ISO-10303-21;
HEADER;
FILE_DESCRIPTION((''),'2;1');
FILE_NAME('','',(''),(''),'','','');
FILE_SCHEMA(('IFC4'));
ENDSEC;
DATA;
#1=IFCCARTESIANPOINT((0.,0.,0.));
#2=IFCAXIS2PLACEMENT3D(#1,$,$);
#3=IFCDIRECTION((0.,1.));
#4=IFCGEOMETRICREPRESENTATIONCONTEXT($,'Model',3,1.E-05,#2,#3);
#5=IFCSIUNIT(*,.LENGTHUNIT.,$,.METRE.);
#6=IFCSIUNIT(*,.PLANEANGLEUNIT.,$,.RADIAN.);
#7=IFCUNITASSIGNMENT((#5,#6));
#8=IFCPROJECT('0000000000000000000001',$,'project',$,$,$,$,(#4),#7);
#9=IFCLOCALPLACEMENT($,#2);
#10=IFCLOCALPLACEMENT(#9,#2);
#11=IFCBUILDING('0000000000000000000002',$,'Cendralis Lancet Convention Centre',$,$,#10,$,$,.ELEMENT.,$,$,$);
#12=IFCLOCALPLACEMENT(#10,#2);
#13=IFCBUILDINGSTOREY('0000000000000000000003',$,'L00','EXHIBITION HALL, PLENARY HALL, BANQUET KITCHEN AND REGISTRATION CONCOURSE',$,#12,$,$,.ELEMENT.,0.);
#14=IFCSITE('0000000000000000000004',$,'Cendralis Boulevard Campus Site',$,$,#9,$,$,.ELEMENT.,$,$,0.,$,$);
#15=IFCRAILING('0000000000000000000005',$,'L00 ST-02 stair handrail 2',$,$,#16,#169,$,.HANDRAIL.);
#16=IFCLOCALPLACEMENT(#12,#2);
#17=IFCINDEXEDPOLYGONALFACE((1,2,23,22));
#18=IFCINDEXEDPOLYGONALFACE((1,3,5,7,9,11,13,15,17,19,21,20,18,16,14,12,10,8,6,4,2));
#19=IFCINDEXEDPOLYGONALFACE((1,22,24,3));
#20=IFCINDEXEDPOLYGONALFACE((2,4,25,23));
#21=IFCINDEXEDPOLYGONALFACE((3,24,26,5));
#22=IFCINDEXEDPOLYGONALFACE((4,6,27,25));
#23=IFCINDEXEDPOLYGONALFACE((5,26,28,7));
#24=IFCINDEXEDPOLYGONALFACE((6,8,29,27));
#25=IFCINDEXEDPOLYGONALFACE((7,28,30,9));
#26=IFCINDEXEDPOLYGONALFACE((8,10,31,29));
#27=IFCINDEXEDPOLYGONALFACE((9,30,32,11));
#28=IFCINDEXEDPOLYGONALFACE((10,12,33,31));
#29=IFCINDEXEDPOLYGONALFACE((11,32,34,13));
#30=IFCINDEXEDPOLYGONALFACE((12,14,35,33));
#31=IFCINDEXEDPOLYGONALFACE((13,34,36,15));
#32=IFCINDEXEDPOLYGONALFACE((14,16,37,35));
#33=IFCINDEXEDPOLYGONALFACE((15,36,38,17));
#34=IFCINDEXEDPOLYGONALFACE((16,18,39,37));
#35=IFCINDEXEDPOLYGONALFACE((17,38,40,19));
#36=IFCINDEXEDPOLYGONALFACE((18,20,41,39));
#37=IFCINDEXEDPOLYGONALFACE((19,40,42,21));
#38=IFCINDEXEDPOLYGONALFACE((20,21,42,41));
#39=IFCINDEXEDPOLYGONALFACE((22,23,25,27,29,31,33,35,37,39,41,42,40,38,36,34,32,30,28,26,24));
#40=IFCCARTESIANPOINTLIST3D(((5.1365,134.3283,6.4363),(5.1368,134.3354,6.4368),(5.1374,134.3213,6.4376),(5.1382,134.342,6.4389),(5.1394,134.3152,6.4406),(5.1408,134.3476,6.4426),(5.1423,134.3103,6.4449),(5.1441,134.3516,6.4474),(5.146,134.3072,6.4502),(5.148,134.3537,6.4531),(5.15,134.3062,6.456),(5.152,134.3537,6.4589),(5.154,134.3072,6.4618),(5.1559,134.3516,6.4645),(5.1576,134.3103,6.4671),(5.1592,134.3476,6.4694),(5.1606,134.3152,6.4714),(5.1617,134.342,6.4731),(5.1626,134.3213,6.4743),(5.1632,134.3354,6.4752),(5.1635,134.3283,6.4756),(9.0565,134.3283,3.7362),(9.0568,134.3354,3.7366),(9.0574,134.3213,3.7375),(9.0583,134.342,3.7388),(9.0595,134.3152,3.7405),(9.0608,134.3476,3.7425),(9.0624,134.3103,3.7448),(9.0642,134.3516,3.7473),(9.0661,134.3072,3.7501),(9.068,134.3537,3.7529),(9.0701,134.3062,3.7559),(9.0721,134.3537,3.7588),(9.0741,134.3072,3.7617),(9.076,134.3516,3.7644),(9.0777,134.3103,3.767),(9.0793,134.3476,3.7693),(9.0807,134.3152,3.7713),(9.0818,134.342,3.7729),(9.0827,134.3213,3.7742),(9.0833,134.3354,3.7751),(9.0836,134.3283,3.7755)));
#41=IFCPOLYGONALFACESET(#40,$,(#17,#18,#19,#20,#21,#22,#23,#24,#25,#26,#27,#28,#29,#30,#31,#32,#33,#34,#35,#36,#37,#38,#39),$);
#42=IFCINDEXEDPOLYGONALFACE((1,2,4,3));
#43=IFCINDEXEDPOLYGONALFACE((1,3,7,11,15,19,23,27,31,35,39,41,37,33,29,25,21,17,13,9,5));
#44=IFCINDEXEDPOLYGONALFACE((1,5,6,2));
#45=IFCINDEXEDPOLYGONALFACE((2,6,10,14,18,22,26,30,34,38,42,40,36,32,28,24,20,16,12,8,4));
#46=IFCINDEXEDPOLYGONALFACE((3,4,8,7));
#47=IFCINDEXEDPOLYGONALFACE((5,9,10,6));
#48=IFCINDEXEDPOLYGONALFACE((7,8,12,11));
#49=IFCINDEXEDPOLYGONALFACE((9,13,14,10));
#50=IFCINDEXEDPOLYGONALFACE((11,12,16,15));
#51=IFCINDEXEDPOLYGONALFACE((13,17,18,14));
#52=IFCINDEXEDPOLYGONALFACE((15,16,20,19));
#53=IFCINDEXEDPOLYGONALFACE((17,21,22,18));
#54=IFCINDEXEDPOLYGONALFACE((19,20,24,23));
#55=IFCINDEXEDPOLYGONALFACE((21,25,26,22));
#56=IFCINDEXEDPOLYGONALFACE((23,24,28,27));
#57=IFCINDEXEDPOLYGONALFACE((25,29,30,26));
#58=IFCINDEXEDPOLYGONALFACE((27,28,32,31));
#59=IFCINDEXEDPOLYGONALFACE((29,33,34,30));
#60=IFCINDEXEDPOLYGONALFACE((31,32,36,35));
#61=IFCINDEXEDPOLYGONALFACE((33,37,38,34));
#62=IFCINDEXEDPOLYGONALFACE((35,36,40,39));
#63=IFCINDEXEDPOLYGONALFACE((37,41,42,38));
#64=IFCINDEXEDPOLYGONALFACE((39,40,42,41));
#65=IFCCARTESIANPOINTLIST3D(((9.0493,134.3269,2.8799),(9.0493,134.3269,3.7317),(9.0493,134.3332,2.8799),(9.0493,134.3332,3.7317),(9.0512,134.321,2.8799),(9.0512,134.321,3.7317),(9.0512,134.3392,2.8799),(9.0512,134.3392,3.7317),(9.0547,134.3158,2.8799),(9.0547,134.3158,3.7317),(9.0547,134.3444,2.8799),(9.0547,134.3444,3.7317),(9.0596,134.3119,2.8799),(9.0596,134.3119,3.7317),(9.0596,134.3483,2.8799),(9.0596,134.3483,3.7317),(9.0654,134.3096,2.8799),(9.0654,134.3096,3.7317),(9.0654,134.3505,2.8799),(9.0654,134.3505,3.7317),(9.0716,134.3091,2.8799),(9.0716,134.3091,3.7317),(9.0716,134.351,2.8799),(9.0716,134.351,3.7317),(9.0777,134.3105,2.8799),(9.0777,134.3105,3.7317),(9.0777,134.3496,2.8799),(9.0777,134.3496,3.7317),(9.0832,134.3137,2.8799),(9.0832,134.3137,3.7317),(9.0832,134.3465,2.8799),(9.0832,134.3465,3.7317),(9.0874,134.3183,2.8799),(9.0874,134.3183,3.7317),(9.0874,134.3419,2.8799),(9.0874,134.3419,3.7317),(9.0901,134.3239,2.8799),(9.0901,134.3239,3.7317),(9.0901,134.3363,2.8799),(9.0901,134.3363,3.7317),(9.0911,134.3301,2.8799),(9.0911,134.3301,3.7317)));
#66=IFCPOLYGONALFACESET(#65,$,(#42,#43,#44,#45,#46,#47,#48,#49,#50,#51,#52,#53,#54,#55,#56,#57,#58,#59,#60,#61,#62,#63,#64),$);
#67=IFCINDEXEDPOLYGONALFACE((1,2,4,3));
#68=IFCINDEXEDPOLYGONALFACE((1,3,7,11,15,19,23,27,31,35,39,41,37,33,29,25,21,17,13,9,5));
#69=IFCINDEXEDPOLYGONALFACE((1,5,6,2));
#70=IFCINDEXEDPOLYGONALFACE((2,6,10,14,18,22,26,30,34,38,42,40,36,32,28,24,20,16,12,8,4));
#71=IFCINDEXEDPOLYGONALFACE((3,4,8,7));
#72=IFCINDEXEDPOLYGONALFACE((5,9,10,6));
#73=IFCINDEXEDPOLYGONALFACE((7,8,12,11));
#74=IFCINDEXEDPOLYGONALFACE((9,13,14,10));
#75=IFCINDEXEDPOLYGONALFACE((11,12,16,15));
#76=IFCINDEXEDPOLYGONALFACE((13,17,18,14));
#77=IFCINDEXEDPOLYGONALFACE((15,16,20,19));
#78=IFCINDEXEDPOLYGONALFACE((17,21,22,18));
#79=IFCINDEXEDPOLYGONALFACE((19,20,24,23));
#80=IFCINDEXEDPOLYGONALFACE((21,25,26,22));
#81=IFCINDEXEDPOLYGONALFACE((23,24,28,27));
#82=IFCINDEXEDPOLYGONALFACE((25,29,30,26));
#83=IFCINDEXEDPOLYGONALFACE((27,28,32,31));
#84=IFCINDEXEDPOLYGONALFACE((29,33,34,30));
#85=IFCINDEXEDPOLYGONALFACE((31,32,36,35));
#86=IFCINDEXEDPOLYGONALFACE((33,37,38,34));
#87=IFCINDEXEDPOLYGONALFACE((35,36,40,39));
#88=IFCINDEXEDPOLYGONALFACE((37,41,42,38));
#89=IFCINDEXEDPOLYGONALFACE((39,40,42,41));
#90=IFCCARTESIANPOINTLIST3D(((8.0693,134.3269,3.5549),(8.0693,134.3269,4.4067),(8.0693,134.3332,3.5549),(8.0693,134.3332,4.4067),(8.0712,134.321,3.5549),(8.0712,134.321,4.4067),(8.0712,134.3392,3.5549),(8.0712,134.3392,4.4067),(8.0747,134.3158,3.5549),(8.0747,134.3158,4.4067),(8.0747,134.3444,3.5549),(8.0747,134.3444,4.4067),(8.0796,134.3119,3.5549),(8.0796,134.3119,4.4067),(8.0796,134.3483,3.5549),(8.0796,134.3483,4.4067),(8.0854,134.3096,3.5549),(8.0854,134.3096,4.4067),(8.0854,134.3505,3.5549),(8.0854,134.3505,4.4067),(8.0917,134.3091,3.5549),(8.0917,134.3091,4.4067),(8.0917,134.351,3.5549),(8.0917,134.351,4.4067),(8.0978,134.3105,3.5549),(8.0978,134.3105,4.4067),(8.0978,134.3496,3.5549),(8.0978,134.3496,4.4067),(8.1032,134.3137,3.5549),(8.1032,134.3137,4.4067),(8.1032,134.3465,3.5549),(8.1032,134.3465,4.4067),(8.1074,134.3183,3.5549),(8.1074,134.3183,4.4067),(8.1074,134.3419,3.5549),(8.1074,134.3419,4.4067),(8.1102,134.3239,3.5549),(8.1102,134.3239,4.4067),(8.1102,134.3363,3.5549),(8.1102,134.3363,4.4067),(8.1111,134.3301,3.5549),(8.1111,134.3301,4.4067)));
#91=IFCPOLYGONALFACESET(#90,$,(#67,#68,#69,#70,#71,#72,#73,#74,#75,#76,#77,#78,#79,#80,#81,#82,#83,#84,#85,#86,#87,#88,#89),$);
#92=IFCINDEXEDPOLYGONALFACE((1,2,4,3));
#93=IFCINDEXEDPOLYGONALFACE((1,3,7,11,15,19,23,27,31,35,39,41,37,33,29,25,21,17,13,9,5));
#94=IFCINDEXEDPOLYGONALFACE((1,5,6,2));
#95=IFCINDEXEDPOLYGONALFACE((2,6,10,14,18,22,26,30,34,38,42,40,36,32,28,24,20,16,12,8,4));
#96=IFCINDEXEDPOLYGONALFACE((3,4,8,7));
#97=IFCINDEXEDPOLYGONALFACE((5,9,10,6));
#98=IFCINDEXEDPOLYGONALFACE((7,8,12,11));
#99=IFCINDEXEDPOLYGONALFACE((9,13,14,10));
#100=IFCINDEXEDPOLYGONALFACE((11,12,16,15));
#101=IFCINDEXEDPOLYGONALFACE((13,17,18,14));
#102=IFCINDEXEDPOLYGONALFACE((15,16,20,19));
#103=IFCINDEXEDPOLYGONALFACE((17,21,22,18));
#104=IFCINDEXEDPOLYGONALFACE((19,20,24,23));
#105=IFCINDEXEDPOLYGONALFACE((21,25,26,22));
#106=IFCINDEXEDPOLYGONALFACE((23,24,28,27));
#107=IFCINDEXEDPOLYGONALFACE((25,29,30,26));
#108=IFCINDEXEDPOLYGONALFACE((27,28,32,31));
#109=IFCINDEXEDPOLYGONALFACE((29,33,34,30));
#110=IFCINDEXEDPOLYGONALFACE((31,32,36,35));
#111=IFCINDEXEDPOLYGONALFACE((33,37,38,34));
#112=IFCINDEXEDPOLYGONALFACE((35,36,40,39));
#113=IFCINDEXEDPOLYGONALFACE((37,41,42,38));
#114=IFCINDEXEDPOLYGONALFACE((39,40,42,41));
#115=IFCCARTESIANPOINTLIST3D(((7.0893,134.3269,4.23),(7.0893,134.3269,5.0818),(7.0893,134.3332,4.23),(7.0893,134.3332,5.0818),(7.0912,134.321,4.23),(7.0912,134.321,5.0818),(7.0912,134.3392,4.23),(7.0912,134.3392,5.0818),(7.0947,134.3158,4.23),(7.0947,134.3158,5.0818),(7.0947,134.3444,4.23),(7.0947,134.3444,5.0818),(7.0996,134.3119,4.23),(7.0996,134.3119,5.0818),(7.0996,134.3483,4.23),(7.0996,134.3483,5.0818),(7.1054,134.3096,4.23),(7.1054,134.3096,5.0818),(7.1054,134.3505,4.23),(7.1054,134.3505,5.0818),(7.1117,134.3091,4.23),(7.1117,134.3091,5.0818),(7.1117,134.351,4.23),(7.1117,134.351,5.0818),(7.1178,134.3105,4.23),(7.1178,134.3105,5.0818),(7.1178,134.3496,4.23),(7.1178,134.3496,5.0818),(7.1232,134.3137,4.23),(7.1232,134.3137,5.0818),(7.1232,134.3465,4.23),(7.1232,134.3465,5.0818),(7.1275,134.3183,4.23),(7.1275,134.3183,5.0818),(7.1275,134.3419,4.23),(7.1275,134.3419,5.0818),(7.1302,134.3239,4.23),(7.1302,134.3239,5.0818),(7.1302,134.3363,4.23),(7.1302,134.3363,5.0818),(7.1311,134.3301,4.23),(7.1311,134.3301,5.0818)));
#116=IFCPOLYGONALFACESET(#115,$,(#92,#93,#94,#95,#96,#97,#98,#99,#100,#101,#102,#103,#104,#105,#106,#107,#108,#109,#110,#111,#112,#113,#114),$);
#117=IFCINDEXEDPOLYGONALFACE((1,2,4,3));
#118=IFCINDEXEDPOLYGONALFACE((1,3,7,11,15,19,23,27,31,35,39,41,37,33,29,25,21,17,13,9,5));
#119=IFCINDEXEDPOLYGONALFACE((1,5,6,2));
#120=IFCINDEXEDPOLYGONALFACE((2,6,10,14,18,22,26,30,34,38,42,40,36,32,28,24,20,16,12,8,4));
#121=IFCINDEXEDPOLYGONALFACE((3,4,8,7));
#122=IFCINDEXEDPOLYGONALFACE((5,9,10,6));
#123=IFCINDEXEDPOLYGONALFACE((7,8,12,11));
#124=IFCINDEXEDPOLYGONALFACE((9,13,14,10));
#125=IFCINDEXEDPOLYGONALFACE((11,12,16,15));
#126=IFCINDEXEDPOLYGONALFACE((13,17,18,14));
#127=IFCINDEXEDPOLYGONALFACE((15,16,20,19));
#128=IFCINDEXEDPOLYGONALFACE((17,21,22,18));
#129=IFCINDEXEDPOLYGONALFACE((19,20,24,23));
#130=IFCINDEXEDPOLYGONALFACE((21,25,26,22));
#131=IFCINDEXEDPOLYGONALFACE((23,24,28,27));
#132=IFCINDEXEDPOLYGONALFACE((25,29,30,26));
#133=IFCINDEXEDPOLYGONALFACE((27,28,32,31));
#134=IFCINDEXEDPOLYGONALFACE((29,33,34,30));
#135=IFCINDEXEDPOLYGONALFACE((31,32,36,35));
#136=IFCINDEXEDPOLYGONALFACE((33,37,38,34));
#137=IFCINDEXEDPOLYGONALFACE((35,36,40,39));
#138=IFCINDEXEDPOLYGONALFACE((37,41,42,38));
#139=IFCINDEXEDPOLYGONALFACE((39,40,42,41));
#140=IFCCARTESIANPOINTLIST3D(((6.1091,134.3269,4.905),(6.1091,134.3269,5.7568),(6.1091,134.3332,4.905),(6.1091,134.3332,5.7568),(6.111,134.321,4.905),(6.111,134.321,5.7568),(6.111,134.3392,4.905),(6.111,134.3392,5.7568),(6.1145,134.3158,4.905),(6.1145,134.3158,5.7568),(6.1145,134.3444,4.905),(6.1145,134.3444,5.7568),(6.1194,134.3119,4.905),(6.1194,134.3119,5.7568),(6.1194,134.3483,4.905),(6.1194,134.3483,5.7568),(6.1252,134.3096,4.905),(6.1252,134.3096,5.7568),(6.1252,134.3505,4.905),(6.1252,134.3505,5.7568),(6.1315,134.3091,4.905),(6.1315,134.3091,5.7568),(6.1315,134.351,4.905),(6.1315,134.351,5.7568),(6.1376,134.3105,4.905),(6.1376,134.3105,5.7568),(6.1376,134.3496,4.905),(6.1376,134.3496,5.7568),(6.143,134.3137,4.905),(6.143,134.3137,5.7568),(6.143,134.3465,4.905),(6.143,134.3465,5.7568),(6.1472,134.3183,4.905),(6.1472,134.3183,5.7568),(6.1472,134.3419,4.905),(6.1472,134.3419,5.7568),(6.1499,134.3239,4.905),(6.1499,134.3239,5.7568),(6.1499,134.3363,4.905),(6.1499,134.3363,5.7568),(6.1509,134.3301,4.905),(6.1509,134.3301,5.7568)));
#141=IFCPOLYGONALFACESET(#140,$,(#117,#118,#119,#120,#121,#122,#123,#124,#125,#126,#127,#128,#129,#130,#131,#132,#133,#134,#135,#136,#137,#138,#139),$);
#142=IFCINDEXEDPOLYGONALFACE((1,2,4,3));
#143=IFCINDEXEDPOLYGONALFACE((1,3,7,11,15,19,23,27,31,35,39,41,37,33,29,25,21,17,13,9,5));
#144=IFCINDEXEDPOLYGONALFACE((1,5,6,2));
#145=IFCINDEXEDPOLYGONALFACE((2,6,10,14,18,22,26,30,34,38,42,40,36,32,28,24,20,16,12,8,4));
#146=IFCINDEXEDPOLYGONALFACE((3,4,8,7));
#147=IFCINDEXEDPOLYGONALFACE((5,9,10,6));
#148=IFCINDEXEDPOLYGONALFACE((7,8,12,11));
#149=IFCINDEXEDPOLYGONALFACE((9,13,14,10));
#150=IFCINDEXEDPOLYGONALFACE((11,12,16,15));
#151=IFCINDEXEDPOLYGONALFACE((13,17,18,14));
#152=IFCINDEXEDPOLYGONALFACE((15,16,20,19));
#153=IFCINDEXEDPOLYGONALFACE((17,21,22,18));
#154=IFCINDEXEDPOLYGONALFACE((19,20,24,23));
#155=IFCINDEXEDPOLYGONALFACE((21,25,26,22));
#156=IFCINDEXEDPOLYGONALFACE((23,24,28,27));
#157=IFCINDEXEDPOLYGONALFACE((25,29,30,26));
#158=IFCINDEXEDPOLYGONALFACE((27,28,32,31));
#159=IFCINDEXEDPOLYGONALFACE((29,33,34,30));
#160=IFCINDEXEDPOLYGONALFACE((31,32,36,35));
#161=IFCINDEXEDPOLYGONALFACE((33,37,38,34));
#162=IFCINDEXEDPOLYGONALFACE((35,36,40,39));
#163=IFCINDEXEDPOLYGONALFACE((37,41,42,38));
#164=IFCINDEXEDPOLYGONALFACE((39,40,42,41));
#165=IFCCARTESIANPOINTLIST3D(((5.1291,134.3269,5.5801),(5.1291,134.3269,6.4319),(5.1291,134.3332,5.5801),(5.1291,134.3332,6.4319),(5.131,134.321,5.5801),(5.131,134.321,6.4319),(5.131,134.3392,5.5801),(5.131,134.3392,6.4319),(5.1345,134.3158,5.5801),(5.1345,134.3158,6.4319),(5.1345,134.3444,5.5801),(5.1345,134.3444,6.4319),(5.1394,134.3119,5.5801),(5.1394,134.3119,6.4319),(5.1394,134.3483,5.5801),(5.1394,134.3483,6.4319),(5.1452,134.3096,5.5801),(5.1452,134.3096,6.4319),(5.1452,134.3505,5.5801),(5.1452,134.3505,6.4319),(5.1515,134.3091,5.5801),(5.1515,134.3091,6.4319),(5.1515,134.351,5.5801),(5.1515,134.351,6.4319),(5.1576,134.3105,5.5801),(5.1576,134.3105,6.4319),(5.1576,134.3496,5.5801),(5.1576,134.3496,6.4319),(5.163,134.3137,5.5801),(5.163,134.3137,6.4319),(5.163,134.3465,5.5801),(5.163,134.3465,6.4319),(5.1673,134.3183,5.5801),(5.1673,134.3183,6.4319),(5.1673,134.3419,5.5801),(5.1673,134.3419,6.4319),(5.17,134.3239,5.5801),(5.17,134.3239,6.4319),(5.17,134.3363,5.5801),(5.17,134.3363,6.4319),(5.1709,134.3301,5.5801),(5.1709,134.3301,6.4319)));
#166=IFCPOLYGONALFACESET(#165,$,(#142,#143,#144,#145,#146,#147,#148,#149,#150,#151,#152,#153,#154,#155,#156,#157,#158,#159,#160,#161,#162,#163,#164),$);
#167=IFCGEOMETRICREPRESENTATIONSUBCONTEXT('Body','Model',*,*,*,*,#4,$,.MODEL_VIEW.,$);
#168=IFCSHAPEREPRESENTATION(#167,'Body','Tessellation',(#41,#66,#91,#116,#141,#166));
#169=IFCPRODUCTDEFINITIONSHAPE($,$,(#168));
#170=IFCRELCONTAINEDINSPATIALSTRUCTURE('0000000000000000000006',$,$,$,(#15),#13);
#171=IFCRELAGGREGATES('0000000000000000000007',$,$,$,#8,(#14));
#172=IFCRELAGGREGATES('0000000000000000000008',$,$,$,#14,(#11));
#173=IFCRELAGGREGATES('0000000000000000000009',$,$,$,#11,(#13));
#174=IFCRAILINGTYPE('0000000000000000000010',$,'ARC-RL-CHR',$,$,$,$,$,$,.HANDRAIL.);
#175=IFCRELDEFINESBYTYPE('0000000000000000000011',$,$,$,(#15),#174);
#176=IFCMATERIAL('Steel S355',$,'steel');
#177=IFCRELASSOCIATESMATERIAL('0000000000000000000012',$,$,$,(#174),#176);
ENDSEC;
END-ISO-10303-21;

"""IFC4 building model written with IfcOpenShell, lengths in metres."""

from ifc_helpers import new_model, si_unit, direction, frame, origin, origin_2d, place, context, subcontext, project, spatial, circle, extrude, material, type_object, element, save


model = new_model("IFC4")

# Units and contexts
model_context = context("Model", 3, precision=1e-05, world=origin(), true_north=direction((0.0, 1.0)))
body_context = subcontext(model_context, "Body", "Model", "MODEL_VIEW")
ifc_project = project(units=[si_unit("LENGTHUNIT", "METRE"), si_unit("PLANEANGLEUNIT", "RADIAN")], contexts=[model_context])

# Site, building, storey
site_placement = place(None, origin())
site = spatial("IfcSite", under=ifc_project, at=site_placement, Name="Cendralis Boulevard Campus Site", CompositionType="ELEMENT", RefElevation=0.0)
building_placement = place(site_placement, origin())
building = spatial("IfcBuilding", under=site, at=building_placement, Name="Cendralis Lancet Convention Centre", CompositionType="ELEMENT")
storey_placement = place(building_placement, origin())
storey = spatial("IfcBuildingStorey", under=building, at=storey_placement, Name="L00", Description="EXHIBITION HALL, PLENARY HALL, BANQUET KITCHEN AND REGISTRATION CONCOURSE", CompositionType="ELEMENT", Elevation=0.0)

# Railing
ifc_material_1 = material(Name="Steel S355", Category="steel")
railing_type_1 = type_object("IfcRailingType", Name="ARC-RL-CHR", PredefinedType="HANDRAIL", material=ifc_material_1)
railing_1_placement = place(storey_placement, frame((9.0701, 134.3301, 2.8799)))
element("IfcRailing", 1, at=railing_1_placement, inside=storey, type_object=railing_type_1, Name="L00 ST-02 stair handrail 2", PredefinedType="HANDRAIL", context=body_context, shape_type="SweptSolid", body=[
    extrude(circle(Radius=0.0239, at=origin_2d()), frame((0.0, 0.0, 0.876), z_axis=(-0.823543, 0.0, 0.567253), x_axis=(0.0, -1.0, 0.0)), (0.0, 0.0, 1.0), 4.76),
    extrude(circle(Radius=0.021, at=origin_2d()), origin(), (0.0, 0.0, 1.0), 0.8518),
    extrude(circle(Radius=0.021, at=origin_2d()), frame((-0.98, 0.0, 0.675)), (0.0, 0.0, 1.0), 0.8518),
    extrude(circle(Radius=0.021, at=origin_2d()), frame((-1.96, 0.0, 1.3501)), (0.0, 0.0, 1.0), 0.8518),
    extrude(circle(Radius=0.021, at=origin_2d()), frame((-2.9402, 0.0, 2.0251)), (0.0, 0.0, 1.0), 0.8518),
    extrude(circle(Radius=0.021, at=origin_2d()), frame((-3.9202, 0.0, 2.7002)), (0.0, 0.0, 1.0), 0.8518),
])

save(model, "model.ifc")
